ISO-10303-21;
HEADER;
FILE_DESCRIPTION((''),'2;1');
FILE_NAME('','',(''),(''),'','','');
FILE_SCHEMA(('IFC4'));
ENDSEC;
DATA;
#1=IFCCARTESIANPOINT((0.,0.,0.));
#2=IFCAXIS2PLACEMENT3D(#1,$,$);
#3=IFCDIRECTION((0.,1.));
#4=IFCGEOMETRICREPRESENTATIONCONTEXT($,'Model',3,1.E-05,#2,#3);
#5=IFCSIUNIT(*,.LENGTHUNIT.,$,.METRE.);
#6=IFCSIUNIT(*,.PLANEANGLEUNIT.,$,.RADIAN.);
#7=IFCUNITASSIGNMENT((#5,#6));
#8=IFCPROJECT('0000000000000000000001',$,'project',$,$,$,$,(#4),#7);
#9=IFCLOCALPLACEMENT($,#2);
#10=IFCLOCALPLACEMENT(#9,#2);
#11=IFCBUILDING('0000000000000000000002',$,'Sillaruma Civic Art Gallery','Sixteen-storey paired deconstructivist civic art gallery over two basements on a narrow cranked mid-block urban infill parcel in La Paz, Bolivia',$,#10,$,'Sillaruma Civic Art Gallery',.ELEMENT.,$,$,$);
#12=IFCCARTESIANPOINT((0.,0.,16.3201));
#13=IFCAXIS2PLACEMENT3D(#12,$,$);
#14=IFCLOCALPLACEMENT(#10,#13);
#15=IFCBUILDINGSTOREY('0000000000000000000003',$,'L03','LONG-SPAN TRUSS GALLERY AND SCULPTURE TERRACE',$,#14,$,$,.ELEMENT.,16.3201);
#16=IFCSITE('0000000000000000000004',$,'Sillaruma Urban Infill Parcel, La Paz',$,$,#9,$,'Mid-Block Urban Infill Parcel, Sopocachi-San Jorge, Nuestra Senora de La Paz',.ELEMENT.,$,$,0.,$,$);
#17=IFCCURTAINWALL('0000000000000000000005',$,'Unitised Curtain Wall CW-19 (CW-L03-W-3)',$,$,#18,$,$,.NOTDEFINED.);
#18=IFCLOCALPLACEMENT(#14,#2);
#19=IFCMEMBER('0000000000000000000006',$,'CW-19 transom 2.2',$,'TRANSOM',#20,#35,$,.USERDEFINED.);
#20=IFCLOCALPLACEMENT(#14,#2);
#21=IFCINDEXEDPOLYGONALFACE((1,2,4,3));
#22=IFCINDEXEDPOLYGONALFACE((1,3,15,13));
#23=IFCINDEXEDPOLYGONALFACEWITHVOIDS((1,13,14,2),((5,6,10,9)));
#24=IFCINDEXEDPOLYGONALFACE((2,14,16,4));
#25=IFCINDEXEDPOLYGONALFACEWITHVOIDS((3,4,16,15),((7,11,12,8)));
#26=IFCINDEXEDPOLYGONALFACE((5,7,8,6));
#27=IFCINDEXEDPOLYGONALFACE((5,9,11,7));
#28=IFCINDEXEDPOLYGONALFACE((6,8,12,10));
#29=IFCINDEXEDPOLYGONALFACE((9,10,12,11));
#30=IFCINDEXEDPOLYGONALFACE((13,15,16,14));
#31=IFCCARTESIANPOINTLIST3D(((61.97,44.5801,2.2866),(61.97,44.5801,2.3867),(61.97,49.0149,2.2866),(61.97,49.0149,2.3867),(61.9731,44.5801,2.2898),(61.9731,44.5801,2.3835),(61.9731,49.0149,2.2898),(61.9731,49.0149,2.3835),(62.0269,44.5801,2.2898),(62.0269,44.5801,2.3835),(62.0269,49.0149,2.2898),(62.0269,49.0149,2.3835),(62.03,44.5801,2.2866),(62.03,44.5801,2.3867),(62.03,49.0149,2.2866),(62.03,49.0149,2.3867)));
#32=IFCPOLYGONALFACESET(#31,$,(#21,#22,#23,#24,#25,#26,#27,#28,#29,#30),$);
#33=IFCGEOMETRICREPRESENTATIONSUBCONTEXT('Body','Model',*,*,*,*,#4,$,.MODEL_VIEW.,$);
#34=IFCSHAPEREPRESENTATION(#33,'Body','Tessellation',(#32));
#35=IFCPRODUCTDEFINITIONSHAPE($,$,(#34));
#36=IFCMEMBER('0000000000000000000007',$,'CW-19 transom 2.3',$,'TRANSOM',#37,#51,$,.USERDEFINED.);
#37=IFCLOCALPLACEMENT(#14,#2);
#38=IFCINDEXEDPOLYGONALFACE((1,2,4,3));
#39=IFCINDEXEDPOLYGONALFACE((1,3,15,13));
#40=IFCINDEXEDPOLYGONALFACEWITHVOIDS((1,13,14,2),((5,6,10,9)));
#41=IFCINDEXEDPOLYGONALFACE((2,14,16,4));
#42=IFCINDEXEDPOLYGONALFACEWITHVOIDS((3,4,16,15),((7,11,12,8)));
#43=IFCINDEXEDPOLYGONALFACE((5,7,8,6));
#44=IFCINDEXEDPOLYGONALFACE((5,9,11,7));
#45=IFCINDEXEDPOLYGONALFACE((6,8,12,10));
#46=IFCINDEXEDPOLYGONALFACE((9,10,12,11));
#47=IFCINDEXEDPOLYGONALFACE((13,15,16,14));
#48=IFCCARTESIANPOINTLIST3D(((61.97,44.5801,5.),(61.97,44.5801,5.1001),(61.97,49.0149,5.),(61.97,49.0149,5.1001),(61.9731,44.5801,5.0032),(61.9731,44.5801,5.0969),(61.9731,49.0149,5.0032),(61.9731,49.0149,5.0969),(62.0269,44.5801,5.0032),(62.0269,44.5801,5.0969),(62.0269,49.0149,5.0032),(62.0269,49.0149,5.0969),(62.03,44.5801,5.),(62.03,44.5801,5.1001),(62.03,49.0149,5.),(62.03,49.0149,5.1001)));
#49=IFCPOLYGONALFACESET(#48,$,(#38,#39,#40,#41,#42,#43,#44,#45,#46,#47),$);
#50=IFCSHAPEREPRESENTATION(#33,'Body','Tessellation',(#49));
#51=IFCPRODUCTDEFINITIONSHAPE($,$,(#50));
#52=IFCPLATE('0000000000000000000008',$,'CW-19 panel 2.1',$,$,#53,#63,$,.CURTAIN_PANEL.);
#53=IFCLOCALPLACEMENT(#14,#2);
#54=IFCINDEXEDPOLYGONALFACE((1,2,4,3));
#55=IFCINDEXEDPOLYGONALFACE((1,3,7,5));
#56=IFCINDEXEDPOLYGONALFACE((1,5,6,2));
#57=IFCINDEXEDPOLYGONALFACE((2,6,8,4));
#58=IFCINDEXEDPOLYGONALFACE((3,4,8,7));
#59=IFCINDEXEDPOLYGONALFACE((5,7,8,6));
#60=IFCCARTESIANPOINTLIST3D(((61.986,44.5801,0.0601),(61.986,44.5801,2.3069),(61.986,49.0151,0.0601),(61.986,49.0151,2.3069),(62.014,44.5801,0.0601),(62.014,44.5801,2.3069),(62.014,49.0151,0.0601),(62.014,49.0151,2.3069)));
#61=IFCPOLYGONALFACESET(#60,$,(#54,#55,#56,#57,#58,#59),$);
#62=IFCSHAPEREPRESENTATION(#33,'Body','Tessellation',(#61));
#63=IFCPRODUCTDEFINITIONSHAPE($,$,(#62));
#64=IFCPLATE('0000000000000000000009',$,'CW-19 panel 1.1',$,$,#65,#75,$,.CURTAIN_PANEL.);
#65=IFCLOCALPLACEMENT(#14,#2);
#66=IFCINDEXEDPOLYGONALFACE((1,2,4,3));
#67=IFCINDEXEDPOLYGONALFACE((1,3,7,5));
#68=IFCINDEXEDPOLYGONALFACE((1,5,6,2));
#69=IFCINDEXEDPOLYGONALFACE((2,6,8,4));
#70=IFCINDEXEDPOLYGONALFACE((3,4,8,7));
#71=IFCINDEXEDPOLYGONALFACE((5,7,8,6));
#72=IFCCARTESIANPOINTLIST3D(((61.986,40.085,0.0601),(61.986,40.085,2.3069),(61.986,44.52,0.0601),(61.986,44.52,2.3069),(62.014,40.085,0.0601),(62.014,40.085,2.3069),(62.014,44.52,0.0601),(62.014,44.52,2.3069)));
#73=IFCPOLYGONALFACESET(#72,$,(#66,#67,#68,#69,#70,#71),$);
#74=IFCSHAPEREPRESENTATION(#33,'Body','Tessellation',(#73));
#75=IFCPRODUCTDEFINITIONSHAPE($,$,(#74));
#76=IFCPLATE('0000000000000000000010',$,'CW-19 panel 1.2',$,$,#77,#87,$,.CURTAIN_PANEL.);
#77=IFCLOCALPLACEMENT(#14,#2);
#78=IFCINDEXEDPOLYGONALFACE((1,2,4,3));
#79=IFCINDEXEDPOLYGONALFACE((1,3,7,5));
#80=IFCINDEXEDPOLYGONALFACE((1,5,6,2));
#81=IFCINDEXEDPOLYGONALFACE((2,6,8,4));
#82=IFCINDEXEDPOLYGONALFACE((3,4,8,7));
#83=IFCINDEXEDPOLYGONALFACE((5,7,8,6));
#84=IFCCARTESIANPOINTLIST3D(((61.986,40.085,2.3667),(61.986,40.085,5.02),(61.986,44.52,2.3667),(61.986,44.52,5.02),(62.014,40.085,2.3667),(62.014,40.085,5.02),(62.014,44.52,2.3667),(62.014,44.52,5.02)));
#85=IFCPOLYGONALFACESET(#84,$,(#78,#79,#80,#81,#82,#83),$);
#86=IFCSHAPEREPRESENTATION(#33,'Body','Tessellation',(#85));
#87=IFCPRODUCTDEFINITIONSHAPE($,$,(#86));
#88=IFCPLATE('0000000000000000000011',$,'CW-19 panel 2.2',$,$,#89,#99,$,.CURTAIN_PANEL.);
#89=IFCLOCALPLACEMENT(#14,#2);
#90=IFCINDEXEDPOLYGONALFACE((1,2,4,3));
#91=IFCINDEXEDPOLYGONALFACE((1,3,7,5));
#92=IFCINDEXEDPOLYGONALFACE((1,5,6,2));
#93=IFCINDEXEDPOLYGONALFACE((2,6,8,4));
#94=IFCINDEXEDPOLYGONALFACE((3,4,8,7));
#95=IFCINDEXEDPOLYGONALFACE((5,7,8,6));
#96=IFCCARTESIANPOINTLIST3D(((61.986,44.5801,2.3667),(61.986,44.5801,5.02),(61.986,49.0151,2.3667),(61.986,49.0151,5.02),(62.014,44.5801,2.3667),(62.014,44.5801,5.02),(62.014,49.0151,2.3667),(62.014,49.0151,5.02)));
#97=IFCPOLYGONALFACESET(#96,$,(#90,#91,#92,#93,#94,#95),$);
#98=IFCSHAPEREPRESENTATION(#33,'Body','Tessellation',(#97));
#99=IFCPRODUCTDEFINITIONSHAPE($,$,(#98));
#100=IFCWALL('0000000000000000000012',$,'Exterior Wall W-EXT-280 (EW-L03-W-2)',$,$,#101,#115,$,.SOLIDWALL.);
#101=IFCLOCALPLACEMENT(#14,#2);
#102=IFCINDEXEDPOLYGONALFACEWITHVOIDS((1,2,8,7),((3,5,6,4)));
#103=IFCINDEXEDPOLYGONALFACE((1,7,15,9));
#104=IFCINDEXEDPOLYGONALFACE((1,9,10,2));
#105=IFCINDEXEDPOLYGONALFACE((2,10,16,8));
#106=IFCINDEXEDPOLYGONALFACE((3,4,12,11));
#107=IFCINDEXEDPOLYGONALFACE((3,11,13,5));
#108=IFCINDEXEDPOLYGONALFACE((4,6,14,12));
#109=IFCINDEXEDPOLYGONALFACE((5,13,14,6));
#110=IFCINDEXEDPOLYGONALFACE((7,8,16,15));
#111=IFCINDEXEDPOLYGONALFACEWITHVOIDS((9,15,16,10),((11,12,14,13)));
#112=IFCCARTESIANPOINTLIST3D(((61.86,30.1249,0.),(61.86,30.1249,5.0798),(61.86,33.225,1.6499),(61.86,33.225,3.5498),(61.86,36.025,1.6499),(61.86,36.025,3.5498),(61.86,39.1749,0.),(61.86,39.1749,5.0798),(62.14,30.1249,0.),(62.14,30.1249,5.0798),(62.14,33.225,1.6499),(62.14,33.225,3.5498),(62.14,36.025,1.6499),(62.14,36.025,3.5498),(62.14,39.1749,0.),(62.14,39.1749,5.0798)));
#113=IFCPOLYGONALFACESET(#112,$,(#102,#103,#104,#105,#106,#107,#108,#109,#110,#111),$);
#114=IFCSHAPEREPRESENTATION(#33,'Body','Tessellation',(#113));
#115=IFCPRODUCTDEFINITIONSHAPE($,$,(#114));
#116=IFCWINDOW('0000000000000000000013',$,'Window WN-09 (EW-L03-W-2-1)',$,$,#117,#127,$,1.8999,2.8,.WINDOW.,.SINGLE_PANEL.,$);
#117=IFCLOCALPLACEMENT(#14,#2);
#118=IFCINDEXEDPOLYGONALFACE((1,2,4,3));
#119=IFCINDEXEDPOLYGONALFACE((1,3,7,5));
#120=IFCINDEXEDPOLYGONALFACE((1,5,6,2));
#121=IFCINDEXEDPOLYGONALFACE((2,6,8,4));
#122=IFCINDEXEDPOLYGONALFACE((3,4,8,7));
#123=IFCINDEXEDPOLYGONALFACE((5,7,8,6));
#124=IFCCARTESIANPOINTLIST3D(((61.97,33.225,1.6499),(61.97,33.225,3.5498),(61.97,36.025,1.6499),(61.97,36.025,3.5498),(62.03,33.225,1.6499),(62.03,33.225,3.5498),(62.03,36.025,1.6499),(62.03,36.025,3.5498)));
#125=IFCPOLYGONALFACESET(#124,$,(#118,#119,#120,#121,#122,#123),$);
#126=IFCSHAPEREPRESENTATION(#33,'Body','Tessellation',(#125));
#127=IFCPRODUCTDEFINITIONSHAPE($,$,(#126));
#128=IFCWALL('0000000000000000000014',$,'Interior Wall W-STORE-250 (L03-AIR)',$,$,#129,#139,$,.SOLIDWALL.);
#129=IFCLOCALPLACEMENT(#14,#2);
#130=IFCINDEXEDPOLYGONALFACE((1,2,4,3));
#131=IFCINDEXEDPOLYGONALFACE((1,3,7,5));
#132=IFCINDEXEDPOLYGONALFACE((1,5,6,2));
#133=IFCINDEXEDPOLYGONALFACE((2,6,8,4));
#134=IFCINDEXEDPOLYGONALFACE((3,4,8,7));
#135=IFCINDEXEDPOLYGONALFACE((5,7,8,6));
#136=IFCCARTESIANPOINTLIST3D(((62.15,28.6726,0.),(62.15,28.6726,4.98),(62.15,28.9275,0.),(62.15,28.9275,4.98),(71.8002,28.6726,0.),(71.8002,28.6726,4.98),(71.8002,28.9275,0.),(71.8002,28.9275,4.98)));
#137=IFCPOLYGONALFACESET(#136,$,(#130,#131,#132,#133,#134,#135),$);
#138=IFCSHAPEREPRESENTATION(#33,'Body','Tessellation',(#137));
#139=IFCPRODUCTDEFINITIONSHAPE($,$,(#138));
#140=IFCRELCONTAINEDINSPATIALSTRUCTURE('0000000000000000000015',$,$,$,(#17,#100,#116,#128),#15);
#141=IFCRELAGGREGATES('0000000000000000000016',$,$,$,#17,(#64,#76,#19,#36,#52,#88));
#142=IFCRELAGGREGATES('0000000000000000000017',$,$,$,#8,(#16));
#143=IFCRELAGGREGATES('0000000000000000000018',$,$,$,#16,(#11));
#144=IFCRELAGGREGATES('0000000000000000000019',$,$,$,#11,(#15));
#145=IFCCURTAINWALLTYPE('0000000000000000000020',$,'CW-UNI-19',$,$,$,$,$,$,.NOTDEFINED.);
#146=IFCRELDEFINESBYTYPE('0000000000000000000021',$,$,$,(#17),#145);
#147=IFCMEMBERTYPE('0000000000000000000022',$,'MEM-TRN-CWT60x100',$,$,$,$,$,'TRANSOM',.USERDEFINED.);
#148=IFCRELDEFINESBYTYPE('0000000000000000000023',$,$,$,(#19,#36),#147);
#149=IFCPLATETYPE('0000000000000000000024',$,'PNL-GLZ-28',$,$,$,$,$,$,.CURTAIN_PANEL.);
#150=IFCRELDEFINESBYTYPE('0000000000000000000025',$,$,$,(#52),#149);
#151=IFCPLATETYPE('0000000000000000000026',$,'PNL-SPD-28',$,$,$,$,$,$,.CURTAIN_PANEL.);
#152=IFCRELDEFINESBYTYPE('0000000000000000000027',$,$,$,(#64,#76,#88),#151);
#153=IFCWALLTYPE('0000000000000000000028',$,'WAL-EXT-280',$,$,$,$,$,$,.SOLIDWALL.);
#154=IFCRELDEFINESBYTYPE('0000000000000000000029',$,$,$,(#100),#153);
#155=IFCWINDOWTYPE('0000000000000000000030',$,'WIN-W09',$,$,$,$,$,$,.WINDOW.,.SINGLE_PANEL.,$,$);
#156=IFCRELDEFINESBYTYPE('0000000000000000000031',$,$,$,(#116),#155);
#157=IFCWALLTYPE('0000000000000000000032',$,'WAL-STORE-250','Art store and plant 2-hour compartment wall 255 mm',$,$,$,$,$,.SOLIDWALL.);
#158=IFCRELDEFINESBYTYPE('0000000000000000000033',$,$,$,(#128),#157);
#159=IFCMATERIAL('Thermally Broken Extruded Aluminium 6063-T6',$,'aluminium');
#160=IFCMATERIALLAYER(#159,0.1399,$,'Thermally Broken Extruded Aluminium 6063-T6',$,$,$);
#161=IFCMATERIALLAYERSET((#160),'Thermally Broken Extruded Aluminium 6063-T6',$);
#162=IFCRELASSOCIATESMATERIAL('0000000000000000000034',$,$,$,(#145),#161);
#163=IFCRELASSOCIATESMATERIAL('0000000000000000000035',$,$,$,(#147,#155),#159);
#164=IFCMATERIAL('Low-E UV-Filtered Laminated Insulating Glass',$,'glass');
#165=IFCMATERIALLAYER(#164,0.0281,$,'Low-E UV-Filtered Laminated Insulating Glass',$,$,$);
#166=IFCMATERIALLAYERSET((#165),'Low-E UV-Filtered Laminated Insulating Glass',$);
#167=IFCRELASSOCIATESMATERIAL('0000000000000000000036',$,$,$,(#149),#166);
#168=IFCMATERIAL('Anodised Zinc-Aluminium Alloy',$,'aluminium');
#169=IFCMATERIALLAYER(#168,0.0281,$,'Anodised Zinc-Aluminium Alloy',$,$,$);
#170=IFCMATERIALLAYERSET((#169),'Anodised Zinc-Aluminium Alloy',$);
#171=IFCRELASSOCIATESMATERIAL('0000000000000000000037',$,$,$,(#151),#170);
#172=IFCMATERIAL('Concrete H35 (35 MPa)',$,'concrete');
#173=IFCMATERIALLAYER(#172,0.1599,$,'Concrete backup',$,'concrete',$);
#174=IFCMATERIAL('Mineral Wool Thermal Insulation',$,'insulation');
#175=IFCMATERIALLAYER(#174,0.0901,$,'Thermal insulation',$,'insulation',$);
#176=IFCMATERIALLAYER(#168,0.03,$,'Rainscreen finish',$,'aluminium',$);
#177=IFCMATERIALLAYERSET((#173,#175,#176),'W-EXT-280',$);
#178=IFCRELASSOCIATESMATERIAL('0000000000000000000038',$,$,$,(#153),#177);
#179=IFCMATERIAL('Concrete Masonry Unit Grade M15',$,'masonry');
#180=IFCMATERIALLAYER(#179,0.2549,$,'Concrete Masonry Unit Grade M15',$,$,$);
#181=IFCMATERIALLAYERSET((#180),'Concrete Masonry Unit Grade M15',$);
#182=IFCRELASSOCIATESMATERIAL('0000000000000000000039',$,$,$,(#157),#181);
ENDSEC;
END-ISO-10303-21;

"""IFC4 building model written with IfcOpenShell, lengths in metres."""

from ifc_helpers import new_model, si_unit, direction, frame, frame_2d, origin, origin_2d, place, context, subcontext, project, spatial, rectangle, hollow_rectangle, extrude, material, layer, layer_set, material_profile, profile_set, type_object, element, fill, aggregate, save


model = new_model("IFC4")

# Units and contexts
model_context = context("Model", 3, precision=1e-05, world=origin(), true_north=direction((0.0, 1.0)))
body_context = subcontext(model_context, "Body", "Model", "MODEL_VIEW")
ifc_project = project(units=[si_unit("LENGTHUNIT", "METRE"), si_unit("PLANEANGLEUNIT", "RADIAN")], contexts=[model_context])

# Site, building, storey
site_placement = place(None, origin())
site = spatial("IfcSite", under=ifc_project, at=site_placement, Name="Sillaruma Urban Infill Parcel, La Paz", LongName="Mid-Block Urban Infill Parcel, Sopocachi-San Jorge, Nuestra Senora de La Paz", CompositionType="ELEMENT", RefElevation=0.0)
building_placement = place(site_placement, origin())
building = spatial("IfcBuilding", under=site, at=building_placement, Name="Sillaruma Civic Art Gallery", Description="Sixteen-storey paired deconstructivist civic art gallery over two basements on a narrow cranked mid-block urban infill parcel in La Paz, Bolivia", LongName="Sillaruma Civic Art Gallery", CompositionType="ELEMENT")
storey_placement = place(building_placement, frame((0.0, 0.0, 16.3201)))
storey = spatial("IfcBuildingStorey", under=building, at=storey_placement, Name="L03", Description="LONG-SPAN TRUSS GALLERY AND SCULPTURE TERRACE", CompositionType="ELEMENT", Elevation=16.3201)

# Shared definitions
ifc_material_1 = material(Name="Concrete H35 (35 MPa)", Category="concrete")

# Curtain wall, members, plates
ifc_material_2 = material(Name="Thermally Broken Extruded Aluminium 6063-T6", Category="aluminium")
ifc_layer_1 = layer(ifc_material_2, 0.1399, Name="Thermally Broken Extruded Aluminium 6063-T6")
ifc_layer_set_1 = layer_set([ifc_layer_1], Name="Thermally Broken Extruded Aluminium 6063-T6")
curtain_wall_type = type_object("IfcCurtainWallType", Name="CW-UNI-19", PredefinedType="NOTDEFINED", material=ifc_layer_set_1)
curtain_wall_placement = place(storey_placement, origin())
curtain_wall = element("IfcCurtainWall", 1, at=curtain_wall_placement, inside=storey, type_object=curtain_wall_type, Name="Unitised Curtain Wall CW-19 (CW-L03-W-3)", PredefinedType="NOTDEFINED")
ifc_material_profile_1 = material_profile(ifc_material_2, hollow_rectangle(XDim=0.0601, YDim=0.1001, WallThickness=0.0032, at=origin_2d()), Name="CWT60x100")
ifc_profile_set_1 = profile_set([ifc_material_profile_1], Name="Thermally Broken Extruded Aluminium 6063-T6")
member_type_1 = type_object("IfcMemberType", Name="MEM-TRN-CWT60x100", ElementType="TRANSOM", PredefinedType="USERDEFINED", material=ifc_profile_set_1)
member_1_placement = place(storey_placement, frame((62.0, 44.5801, 2.3367), z_axis=(0.0, 1.0, 0.0), x_axis=(-1.0, 0.0, 0.0)))
member_1 = element("IfcMember", 2, at=member_1_placement, type_object=member_type_1, Name="CW-19 transom 2.2", ObjectType="TRANSOM", PredefinedType="USERDEFINED", context=body_context, shape_type="SweptSolid", body=[
    extrude(hollow_rectangle(XDim=0.0601, YDim=0.1001, WallThickness=0.0032, at=origin_2d()), origin(), (0.0, 0.0, 1.0), 4.4348),
])
member_2_placement = place(storey_placement, frame((62.0, 44.5801, 5.05), z_axis=(0.0, 1.0, 0.0), x_axis=(-1.0, 0.0, 0.0)))
member_2 = element("IfcMember", 3, at=member_2_placement, type_object=member_type_1, Name="CW-19 transom 2.3", ObjectType="TRANSOM", PredefinedType="USERDEFINED", context=body_context, shape_type="SweptSolid", body=[
    extrude(hollow_rectangle(XDim=0.0601, YDim=0.1001, WallThickness=0.0032, at=origin_2d()), origin(), (0.0, 0.0, 1.0), 4.4348),
])
ifc_material_3 = material(Name="Low-E UV-Filtered Laminated Insulating Glass", Category="glass")
ifc_layer_2 = layer(ifc_material_3, 0.0281, Name="Low-E UV-Filtered Laminated Insulating Glass")
ifc_layer_set_2 = layer_set([ifc_layer_2], Name="Low-E UV-Filtered Laminated Insulating Glass")
plate_type_1 = type_object("IfcPlateType", Name="PNL-GLZ-28", PredefinedType="CURTAIN_PANEL", material=ifc_layer_set_2)
plate_1_placement = place(storey_placement, frame((62.0, 46.7976, 0.0601), z_axis=(0.0, 0.0, 1.0), x_axis=(0.0, 1.0, 0.0)))
plate_1 = element("IfcPlate", 4, at=plate_1_placement, type_object=plate_type_1, Name="CW-19 panel 2.1", PredefinedType="CURTAIN_PANEL", context=body_context, shape_type="SweptSolid", body=[
    extrude(rectangle(XDim=4.4351, YDim=0.0281, at=origin_2d()), origin(), (0.0, 0.0, 1.0), 2.2468),
])
ifc_material_4 = material(Name="Anodised Zinc-Aluminium Alloy", Category="aluminium")
ifc_layer_3 = layer(ifc_material_4, 0.0281, Name="Anodised Zinc-Aluminium Alloy")
ifc_layer_set_3 = layer_set([ifc_layer_3], Name="Anodised Zinc-Aluminium Alloy")
plate_type_2 = type_object("IfcPlateType", Name="PNL-SPD-28", PredefinedType="CURTAIN_PANEL", material=ifc_layer_set_3)
plate_2_placement = place(storey_placement, frame((62.0, 42.3025, 0.0601), z_axis=(0.0, 0.0, 1.0), x_axis=(0.0, 1.0, 0.0)))
plate_2 = element("IfcPlate", 5, at=plate_2_placement, type_object=plate_type_2, Name="CW-19 panel 1.1", PredefinedType="CURTAIN_PANEL", context=body_context, shape_type="SweptSolid", body=[
    extrude(rectangle(XDim=4.4351, YDim=0.0281, at=origin_2d()), origin(), (0.0, 0.0, 1.0), 2.2468),
])
plate_3_placement = place(storey_placement, frame((62.0, 42.3025, 2.3667), z_axis=(0.0, 0.0, 1.0), x_axis=(0.0, 1.0, 0.0)))
plate_3 = element("IfcPlate", 6, at=plate_3_placement, type_object=plate_type_2, Name="CW-19 panel 1.2", PredefinedType="CURTAIN_PANEL", context=body_context, shape_type="SweptSolid", body=[
    extrude(rectangle(XDim=4.4351, YDim=0.0281, at=origin_2d()), origin(), (0.0, 0.0, 1.0), 2.6533),
])
plate_4_placement = place(storey_placement, frame((62.0, 46.7976, 2.3667), z_axis=(0.0, 0.0, 1.0), x_axis=(0.0, 1.0, 0.0)))
plate_4 = element("IfcPlate", 7, at=plate_4_placement, type_object=plate_type_2, Name="CW-19 panel 2.2", PredefinedType="CURTAIN_PANEL", context=body_context, shape_type="SweptSolid", body=[
    extrude(rectangle(XDim=4.4351, YDim=0.0281, at=origin_2d()), origin(), (0.0, 0.0, 1.0), 2.6533),
])
aggregate(curtain_wall, [plate_2, plate_3, member_1, member_2, plate_1, plate_4])

# Wall, opening, window
ifc_layer_4 = layer(ifc_material_1, 0.1599, Name="Concrete backup", Category="concrete")
ifc_material_5 = material(Name="Mineral Wool Thermal Insulation", Category="insulation")
ifc_layer_5 = layer(ifc_material_5, 0.0901, Name="Thermal insulation", Category="insulation")
ifc_layer_6 = layer(ifc_material_4, 0.03, Name="Rainscreen finish", Category="aluminium")
ifc_layer_set_4 = layer_set([ifc_layer_4, ifc_layer_5, ifc_layer_6], Name="W-EXT-280")
wall_type_1 = type_object("IfcWallType", Name="WAL-EXT-280", PredefinedType="SOLIDWALL", material=ifc_layer_set_4)
wall_1_placement = place(storey_placement, frame((62.0, 30.125, 0.0), z_axis=(0.0, 0.0, 1.0), x_axis=(0.0, 1.0, 0.0)))
wall_1 = element("IfcWall", 8, at=wall_1_placement, inside=storey, type_object=wall_type_1, Name="Exterior Wall W-EXT-280 (EW-L03-W-2)", PredefinedType="SOLIDWALL", context=body_context, shape_type="SweptSolid", body=[
    extrude(rectangle(XDim=9.05, YDim=0.28, at=frame_2d((4.5249, 0.0))), origin(), (0.0, 0.0, 1.0), 5.0798),
])
opening_placement = place(wall_1_placement, frame((3.1001, 0.0, 1.6499)))
opening = element("IfcOpeningElement", 9, at=opening_placement, cuts=wall_1, PredefinedType="OPENING", context=body_context, shape_type="SweptSolid", body=[
    extrude(rectangle(XDim=2.8, YDim=1.8999, at=frame_2d((1.3999, 0.95))), frame((0.0, 0.1499, 0.0), z_axis=(0.0, -1.0, 0.0), x_axis=(1.0, 0.0, 0.0)), (0.0, 0.0, 1.0), 0.3),
])
window_type = type_object("IfcWindowType", Name="WIN-W09", PartitioningType="SINGLE_PANEL", PredefinedType="WINDOW", material=ifc_material_2)
window_placement = place(opening_placement, origin())
window = element("IfcWindow", 10, at=window_placement, inside=storey, type_object=window_type, Name="Window WN-09 (EW-L03-W-2-1)", OverallHeight=1.8999, OverallWidth=2.8, PartitioningType="SINGLE_PANEL", PredefinedType="WINDOW", context=body_context, shape_type="SweptSolid", body=[
    extrude(rectangle(XDim=2.8, YDim=1.8999, at=frame_2d((1.3999, 0.95))), frame((0.0, 0.03, 0.0), z_axis=(0.0, -1.0, 0.0), x_axis=(1.0, 0.0, 0.0)), (0.0, 0.0, 1.0), 0.0601),
])
fill(opening, window)

# Wall
ifc_material_6 = material(Name="Concrete Masonry Unit Grade M15", Category="masonry")
ifc_layer_7 = layer(ifc_material_6, 0.2549, Name="Concrete Masonry Unit Grade M15")
ifc_layer_set_5 = layer_set([ifc_layer_7], Name="Concrete Masonry Unit Grade M15")
wall_type_2 = type_object("IfcWallType", Name="WAL-STORE-250", Description="Art store and plant 2-hour compartment wall 255 mm", PredefinedType="SOLIDWALL", material=ifc_layer_set_5)
wall_2_placement = place(storey_placement, frame((62.1499, 28.8, 0.0), z_axis=(0.0, 0.0, 1.0), x_axis=(1.0, 0.0, 0.0)))
element("IfcWall", 11, at=wall_2_placement, inside=storey, type_object=wall_type_2, Name="Interior Wall W-STORE-250 (L03-AIR)", PredefinedType="SOLIDWALL", context=body_context, shape_type="SweptSolid", body=[
    extrude(rectangle(XDim=9.6501, YDim=0.2549, at=frame_2d((4.8252, 0.0))), origin(), (0.0, 0.0, 1.0), 4.98),
])

save(model, "model.ifc")
